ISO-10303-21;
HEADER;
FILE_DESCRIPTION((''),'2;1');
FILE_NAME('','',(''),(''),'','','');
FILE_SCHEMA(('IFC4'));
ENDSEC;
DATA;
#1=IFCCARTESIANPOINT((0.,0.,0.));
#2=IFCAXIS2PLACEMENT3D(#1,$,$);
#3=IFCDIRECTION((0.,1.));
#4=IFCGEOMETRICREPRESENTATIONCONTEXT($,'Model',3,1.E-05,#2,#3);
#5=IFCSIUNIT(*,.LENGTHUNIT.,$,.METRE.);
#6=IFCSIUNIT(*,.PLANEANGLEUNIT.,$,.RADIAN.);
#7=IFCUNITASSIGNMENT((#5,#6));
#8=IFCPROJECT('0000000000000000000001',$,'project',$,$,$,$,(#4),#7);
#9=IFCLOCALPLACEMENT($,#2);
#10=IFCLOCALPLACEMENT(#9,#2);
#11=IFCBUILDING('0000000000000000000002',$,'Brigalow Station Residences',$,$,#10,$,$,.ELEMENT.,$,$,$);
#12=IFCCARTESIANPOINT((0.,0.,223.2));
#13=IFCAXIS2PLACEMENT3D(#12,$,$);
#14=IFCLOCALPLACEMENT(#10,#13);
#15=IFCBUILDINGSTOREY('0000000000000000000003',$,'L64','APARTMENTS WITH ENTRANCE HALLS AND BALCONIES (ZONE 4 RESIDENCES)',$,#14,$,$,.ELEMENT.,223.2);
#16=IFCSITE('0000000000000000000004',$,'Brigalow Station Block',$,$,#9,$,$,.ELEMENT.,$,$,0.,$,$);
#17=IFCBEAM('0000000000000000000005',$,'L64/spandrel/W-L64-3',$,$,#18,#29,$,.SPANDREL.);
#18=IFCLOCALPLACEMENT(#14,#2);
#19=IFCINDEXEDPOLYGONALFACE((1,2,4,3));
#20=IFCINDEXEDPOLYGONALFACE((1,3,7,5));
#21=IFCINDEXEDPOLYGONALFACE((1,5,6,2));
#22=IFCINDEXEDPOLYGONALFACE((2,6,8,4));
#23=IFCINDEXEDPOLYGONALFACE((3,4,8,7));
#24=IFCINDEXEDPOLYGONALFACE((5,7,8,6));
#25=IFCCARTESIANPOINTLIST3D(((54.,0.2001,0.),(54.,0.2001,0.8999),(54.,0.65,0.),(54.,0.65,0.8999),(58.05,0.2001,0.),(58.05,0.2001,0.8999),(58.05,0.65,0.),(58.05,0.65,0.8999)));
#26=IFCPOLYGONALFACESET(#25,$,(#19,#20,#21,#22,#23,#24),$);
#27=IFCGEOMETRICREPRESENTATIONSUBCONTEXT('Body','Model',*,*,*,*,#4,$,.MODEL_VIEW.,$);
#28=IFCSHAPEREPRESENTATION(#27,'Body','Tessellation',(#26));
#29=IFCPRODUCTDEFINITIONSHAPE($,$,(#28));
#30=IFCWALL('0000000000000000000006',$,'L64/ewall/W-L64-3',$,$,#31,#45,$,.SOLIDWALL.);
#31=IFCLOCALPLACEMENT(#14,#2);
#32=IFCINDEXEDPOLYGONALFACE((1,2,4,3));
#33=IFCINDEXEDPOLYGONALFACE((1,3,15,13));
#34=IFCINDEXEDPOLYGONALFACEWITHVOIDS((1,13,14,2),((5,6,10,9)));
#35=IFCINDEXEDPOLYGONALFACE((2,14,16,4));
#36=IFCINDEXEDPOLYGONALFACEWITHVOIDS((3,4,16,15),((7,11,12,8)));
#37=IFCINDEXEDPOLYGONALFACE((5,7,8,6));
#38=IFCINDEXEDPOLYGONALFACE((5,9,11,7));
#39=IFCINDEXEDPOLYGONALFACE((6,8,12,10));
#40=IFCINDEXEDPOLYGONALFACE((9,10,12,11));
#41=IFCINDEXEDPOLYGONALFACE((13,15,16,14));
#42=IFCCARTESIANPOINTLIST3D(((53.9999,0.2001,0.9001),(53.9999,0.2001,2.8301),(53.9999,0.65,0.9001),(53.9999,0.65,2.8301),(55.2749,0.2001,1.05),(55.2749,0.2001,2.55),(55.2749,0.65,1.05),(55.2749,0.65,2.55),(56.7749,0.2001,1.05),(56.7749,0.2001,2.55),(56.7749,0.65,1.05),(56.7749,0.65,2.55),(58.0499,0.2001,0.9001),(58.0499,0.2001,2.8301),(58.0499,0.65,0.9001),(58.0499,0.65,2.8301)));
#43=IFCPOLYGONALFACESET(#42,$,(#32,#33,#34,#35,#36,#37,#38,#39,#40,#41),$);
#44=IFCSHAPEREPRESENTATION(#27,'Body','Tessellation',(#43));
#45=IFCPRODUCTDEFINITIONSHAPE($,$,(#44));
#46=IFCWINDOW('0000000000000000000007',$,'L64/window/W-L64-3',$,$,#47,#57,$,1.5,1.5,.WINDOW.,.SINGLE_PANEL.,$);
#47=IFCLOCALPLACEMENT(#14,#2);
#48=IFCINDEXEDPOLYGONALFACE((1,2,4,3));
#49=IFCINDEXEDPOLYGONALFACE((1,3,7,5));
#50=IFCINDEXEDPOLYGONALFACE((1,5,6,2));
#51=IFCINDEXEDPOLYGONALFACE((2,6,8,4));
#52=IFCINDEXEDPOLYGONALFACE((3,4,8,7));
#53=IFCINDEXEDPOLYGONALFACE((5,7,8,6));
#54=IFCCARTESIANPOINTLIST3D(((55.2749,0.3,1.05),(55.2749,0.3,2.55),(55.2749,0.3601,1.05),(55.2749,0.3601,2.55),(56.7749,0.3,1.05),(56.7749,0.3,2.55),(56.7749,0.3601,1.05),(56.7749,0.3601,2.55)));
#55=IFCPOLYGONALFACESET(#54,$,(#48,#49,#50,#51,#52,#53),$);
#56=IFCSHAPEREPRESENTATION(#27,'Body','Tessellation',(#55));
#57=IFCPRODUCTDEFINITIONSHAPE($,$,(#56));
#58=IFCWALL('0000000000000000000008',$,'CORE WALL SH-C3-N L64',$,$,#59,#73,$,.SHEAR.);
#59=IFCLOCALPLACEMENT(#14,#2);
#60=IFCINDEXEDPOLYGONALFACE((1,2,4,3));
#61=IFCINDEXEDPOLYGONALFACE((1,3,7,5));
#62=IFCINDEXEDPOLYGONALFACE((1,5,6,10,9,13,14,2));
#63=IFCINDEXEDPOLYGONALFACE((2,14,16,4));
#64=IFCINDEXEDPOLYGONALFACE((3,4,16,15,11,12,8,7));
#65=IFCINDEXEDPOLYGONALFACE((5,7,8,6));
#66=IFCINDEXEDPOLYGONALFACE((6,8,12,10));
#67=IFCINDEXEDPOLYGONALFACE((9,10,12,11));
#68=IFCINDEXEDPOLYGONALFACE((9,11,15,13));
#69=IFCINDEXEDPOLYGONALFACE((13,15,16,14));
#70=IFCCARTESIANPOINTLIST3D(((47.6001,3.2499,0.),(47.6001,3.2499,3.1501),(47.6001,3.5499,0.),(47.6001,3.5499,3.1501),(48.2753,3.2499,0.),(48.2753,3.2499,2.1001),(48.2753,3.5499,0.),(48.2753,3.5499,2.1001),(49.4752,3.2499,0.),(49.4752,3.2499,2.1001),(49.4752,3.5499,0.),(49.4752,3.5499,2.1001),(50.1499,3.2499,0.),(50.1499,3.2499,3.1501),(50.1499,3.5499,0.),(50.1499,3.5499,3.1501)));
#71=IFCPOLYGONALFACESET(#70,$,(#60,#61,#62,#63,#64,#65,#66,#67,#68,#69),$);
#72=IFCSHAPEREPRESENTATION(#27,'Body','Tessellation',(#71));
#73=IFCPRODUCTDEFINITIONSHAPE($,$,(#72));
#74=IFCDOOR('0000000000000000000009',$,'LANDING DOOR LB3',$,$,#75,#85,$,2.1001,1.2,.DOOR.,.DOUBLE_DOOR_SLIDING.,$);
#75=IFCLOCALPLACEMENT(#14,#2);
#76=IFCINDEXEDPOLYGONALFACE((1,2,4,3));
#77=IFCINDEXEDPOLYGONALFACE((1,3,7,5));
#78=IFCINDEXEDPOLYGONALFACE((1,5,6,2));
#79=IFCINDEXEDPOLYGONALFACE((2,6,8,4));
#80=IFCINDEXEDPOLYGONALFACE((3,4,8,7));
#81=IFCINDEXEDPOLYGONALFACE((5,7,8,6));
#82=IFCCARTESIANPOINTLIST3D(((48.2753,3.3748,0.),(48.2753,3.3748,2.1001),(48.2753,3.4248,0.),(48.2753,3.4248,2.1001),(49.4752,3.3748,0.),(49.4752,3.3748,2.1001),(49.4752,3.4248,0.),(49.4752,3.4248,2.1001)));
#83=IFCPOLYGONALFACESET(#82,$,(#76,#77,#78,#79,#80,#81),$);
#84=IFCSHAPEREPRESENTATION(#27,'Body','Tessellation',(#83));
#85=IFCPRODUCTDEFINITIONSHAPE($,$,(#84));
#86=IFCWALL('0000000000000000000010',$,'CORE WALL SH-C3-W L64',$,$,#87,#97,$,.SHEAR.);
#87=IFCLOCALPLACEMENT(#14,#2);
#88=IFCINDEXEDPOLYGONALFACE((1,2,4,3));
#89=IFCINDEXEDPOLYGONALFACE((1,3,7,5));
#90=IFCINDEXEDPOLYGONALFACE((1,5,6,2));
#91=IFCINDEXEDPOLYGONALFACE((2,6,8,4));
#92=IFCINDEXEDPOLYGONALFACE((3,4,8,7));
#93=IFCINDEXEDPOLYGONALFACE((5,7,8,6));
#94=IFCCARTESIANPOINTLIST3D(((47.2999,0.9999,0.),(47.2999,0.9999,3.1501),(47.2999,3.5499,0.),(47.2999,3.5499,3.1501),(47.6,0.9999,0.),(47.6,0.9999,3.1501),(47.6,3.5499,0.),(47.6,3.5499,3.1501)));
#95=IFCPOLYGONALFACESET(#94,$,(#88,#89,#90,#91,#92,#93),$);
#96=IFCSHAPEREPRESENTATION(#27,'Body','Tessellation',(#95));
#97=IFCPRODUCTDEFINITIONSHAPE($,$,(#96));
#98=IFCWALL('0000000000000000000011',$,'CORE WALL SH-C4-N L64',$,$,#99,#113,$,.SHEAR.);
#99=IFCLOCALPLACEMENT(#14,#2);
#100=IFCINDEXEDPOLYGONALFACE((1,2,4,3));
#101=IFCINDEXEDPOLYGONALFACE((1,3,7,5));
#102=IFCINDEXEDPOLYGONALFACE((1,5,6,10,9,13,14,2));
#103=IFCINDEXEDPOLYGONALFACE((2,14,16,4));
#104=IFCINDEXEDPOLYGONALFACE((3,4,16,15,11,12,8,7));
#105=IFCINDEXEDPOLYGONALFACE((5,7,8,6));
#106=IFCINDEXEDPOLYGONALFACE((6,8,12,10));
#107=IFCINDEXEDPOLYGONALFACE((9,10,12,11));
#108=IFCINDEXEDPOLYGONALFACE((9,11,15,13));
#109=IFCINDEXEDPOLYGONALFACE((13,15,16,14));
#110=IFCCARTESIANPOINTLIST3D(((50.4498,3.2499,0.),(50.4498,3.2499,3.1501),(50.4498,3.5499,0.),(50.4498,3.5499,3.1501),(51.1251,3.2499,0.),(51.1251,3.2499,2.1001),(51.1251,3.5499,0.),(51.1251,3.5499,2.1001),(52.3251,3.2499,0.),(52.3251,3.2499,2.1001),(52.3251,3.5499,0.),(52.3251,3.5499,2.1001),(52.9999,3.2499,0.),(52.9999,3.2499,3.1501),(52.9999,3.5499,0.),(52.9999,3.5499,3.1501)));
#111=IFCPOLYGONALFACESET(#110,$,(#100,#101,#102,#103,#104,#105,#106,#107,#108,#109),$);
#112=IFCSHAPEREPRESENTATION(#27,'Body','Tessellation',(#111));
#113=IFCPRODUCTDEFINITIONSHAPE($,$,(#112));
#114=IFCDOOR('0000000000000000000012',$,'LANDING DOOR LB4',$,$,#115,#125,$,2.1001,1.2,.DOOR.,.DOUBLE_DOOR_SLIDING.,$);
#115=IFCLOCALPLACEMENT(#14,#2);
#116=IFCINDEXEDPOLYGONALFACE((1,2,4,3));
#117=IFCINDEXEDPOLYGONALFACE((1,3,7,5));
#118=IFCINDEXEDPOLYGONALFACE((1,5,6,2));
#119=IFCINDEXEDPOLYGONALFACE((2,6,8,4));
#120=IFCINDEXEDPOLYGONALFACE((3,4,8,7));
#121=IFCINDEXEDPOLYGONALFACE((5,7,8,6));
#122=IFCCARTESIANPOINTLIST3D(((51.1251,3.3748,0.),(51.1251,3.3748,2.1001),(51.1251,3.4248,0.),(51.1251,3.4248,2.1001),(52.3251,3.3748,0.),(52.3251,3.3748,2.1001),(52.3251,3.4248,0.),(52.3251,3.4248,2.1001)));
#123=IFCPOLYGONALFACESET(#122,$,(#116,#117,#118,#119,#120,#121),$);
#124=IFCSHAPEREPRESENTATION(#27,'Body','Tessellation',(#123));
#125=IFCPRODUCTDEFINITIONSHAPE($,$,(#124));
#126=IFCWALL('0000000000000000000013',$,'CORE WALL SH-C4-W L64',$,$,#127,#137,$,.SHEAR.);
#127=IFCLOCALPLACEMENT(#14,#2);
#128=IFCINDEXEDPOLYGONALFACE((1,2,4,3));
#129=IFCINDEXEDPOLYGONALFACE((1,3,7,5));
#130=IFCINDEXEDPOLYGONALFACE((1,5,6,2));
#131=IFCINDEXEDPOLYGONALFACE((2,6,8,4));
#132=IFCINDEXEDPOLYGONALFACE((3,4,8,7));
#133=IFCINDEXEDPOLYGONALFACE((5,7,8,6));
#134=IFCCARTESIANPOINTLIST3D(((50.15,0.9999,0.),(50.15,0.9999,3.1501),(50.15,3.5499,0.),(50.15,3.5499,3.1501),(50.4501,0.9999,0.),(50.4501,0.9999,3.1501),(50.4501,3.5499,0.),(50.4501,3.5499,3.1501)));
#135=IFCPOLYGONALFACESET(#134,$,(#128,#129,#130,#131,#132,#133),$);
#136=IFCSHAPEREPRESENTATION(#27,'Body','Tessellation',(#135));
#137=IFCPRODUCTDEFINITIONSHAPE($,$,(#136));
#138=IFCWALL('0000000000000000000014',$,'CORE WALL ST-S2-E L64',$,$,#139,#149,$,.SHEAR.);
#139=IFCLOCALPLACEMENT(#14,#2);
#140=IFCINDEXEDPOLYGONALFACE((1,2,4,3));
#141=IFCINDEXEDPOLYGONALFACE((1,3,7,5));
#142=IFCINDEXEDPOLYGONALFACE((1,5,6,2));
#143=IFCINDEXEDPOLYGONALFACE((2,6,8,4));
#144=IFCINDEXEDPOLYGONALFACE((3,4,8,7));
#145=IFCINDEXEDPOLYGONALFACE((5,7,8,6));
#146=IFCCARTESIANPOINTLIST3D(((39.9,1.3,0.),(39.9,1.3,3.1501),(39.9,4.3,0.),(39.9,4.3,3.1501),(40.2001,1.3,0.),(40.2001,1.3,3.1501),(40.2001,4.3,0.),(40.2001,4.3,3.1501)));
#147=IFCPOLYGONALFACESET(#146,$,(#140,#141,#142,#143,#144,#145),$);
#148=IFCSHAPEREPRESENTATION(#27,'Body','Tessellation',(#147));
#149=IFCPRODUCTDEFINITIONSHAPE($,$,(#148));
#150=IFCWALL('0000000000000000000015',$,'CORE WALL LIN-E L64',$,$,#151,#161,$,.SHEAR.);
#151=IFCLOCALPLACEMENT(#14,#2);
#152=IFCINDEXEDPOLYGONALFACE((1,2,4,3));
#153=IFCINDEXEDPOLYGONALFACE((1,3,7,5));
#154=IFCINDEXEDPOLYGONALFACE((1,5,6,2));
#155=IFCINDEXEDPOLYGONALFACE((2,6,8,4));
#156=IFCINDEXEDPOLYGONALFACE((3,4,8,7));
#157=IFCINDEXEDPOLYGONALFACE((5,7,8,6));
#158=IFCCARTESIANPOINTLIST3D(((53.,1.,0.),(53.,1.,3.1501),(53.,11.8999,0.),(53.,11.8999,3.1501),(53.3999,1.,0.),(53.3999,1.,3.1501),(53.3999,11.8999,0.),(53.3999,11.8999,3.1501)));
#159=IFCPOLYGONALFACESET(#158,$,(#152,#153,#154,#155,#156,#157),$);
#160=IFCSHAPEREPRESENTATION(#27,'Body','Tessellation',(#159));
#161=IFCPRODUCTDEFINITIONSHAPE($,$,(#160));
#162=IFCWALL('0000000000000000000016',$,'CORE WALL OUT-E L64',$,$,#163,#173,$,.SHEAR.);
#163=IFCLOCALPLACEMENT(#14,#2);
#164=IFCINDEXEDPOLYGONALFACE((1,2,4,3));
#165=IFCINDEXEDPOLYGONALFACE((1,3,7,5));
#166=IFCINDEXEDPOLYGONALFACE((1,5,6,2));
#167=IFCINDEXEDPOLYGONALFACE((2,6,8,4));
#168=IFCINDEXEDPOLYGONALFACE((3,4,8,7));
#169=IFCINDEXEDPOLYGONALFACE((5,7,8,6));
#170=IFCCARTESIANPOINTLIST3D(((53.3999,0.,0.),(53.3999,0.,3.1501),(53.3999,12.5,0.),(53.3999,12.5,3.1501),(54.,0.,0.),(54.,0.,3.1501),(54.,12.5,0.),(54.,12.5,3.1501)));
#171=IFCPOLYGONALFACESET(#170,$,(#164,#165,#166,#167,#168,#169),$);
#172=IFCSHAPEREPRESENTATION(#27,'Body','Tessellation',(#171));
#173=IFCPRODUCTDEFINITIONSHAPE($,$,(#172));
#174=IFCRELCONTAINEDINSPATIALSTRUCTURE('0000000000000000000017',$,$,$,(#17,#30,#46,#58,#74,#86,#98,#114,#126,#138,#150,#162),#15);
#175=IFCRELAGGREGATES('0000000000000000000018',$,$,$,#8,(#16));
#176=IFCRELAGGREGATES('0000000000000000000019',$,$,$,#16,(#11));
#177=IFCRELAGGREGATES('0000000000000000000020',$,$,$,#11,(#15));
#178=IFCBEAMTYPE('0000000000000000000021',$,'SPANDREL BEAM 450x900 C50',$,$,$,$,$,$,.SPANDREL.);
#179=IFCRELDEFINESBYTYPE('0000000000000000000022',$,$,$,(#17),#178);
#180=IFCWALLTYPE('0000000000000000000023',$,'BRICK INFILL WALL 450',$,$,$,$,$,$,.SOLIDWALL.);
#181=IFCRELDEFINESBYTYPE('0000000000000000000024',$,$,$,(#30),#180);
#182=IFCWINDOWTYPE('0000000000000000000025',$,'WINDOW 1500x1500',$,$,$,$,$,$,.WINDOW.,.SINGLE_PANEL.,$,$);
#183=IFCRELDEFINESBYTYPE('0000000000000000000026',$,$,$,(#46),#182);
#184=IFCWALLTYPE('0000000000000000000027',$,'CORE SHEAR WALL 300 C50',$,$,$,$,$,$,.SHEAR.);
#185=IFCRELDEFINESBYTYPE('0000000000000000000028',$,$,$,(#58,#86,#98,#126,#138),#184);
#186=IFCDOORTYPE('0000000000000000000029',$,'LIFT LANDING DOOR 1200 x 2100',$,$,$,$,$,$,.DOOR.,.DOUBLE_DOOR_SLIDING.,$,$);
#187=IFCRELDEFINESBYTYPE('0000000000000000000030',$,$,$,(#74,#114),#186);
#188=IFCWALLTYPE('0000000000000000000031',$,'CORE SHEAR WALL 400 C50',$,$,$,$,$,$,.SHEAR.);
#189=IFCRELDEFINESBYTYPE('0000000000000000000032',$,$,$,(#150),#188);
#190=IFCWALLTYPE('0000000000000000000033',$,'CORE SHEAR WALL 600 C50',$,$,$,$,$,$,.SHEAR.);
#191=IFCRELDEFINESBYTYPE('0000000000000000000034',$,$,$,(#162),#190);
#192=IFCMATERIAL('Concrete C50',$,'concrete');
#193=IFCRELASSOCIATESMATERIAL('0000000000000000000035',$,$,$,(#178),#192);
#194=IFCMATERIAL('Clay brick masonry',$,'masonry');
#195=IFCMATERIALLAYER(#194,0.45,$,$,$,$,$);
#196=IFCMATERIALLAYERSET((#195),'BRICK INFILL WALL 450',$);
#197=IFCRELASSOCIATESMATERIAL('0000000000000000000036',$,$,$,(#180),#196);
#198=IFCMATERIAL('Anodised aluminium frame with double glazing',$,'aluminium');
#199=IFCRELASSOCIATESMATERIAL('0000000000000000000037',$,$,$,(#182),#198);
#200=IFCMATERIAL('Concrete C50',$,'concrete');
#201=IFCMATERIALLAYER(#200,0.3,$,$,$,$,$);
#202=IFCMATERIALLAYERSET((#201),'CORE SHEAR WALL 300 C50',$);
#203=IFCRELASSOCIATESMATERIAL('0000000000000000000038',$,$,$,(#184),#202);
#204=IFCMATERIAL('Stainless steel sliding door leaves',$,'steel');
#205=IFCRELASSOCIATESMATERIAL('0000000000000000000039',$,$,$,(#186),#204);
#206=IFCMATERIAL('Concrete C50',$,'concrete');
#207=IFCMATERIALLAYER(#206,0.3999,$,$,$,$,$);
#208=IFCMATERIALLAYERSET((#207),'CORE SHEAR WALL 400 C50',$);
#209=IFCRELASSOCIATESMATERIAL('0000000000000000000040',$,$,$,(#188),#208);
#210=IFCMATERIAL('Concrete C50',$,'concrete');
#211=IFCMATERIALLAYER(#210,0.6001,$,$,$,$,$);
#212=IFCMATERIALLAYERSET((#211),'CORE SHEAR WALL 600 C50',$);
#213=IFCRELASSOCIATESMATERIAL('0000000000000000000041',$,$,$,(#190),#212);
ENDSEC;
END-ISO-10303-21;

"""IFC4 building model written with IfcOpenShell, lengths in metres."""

from ifc_helpers import new_model, si_unit, direction, frame, frame_2d, origin, origin_2d, place, context, subcontext, project, spatial, rectangle, extrude, material, layer, layer_set, material_profile, profile_set, type_object, element, fill, save


model = new_model("IFC4")

# Units and contexts
model_context = context("Model", 3, precision=1e-05, world=origin(), true_north=direction((0.0, 1.0)))
body_context = subcontext(model_context, "Body", "Model", "MODEL_VIEW")
ifc_project = project(units=[si_unit("LENGTHUNIT", "METRE"), si_unit("PLANEANGLEUNIT", "RADIAN")], contexts=[model_context])

# Site, building, storey
site_placement = place(None, origin())
site = spatial("IfcSite", under=ifc_project, at=site_placement, Name="Brigalow Station Block", CompositionType="ELEMENT", RefElevation=0.0)
building_placement = place(site_placement, origin())
building = spatial("IfcBuilding", under=site, at=building_placement, Name="Brigalow Station Residences", CompositionType="ELEMENT")
storey_placement = place(building_placement, frame((0.0, 0.0, 223.2)))
storey = spatial("IfcBuildingStorey", under=building, at=storey_placement, Name="L64", Description="APARTMENTS WITH ENTRANCE HALLS AND BALCONIES (ZONE 4 RESIDENCES)", CompositionType="ELEMENT", Elevation=223.2)

# Beam
ifc_material_1 = material(Name="Concrete C50", Category="concrete")
ifc_material_profile = material_profile(ifc_material_1, rectangle(XDim=0.45, YDim=0.8999, at=origin_2d()), Name="RC450x900")
ifc_profile_set = profile_set([ifc_material_profile], Name="Concrete C50")
beam_type = type_object("IfcBeamType", Name="SPANDREL BEAM 450x900 C50", PredefinedType="SPANDREL", material=ifc_profile_set)
beam_placement = place(storey_placement, frame((54.0, 0.425, 0.45), z_axis=(1.0, 0.0, 0.0), x_axis=(0.0, 1.0, 0.0)))
element("IfcBeam", 1, at=beam_placement, inside=storey, type_object=beam_type, Name="L64/spandrel/W-L64-3", PredefinedType="SPANDREL", context=body_context, shape_type="SweptSolid", body=[
    extrude(rectangle(XDim=0.45, YDim=0.8999, at=origin_2d()), origin(), (0.0, 0.0, 1.0), 4.05),
])

# Wall, opening, window
ifc_material_2 = material(Name="Clay brick masonry", Category="masonry")
ifc_layer_1 = layer(ifc_material_2, 0.45)
ifc_layer_set_1 = layer_set([ifc_layer_1], Name="BRICK INFILL WALL 450")
wall_type_1 = type_object("IfcWallType", Name="BRICK INFILL WALL 450", PredefinedType="SOLIDWALL", material=ifc_layer_set_1)
wall_1_placement = place(storey_placement, frame((54.0, 0.425, 0.9001), z_axis=(0.0, 0.0, 1.0), x_axis=(1.0, 0.0, 0.0)))
wall_1 = element("IfcWall", 2, at=wall_1_placement, inside=storey, type_object=wall_type_1, Name="L64/ewall/W-L64-3", PredefinedType="SOLIDWALL", context=body_context, shape_type="SweptSolid", body=[
    extrude(rectangle(XDim=4.05, YDim=0.45, at=frame_2d((2.0249, 0.0))), origin(), (0.0, 0.0, 1.0), 1.9299),
])
opening_1_placement = place(wall_1_placement, frame((1.2749, 0.0, 0.1499)))
opening_1 = element("IfcOpeningElement", 3, at=opening_1_placement, cuts=wall_1, PredefinedType="OPENING", context=body_context, shape_type="SweptSolid", body=[
    extrude(rectangle(XDim=1.5, YDim=1.5, at=frame_2d((0.75, 0.75))), frame((0.0, 0.2349, 0.0), z_axis=(0.0, -1.0, 0.0), x_axis=(1.0, 0.0, 0.0)), (0.0, 0.0, 1.0), 0.47),
])
ifc_material_3 = material(Name="Anodised aluminium frame with double glazing", Category="aluminium")
window_type = type_object("IfcWindowType", Name="WINDOW 1500x1500", PartitioningType="SINGLE_PANEL", PredefinedType="WINDOW", material=ifc_material_3)
window_placement = place(opening_1_placement, origin())
window = element("IfcWindow", 4, at=window_placement, inside=storey, type_object=window_type, Name="L64/window/W-L64-3", OverallHeight=1.5, OverallWidth=1.5, PartitioningType="SINGLE_PANEL", PredefinedType="WINDOW", context=body_context, shape_type="SweptSolid", body=[
    extrude(rectangle(XDim=1.5, YDim=1.5, at=frame_2d((0.75, 0.75))), frame((0.0, -0.0649, 0.0), z_axis=(0.0, -1.0, 0.0), x_axis=(1.0, 0.0, 0.0)), (0.0, 0.0, 1.0), 0.0601),
])
fill(opening_1, window)

# Wall, opening, door
ifc_material_4 = material(Name="Concrete C50", Category="concrete")
ifc_layer_2 = layer(ifc_material_4, 0.3)
ifc_layer_set_2 = layer_set([ifc_layer_2], Name="CORE SHEAR WALL 300 C50")
wall_type_2 = type_object("IfcWallType", Name="CORE SHEAR WALL 300 C50", PredefinedType="SHEAR", material=ifc_layer_set_2)
wall_2_placement = place(storey_placement, frame((47.6001, 3.3999, 0.0), z_axis=(0.0, 0.0, 1.0), x_axis=(1.0, 0.0, 0.0)))
wall_2 = element("IfcWall", 5, at=wall_2_placement, inside=storey, type_object=wall_type_2, Name="CORE WALL SH-C3-N L64", PredefinedType="SHEAR", context=body_context, shape_type="SweptSolid", body=[
    extrude(rectangle(XDim=2.5498, YDim=0.3, at=frame_2d((1.2749, 0.0))), origin(), (0.0, 0.0, 1.0), 3.1501),
])
opening_2_placement = place(wall_2_placement, frame((0.675, 0.0, 0.0)))
opening_2 = element("IfcOpeningElement", 6, at=opening_2_placement, cuts=wall_2, PredefinedType="OPENING", context=body_context, shape_type="SweptSolid", body=[
    extrude(rectangle(XDim=1.2, YDim=2.1001, at=frame_2d((0.6001, 1.05))), frame((0.0, 0.1602, 0.0), z_axis=(0.0, -1.0, 0.0), x_axis=(1.0, 0.0, 0.0)), (0.0, 0.0, 1.0), 0.3201),
])
ifc_material_5 = material(Name="Stainless steel sliding door leaves", Category="steel")
door_type = type_object("IfcDoorType", Name="LIFT LANDING DOOR 1200 x 2100", OperationType="DOUBLE_DOOR_SLIDING", PredefinedType="DOOR", material=ifc_material_5)
door_1_placement = place(opening_2_placement, origin())
door_1 = element("IfcDoor", 7, at=door_1_placement, inside=storey, type_object=door_type, Name="LANDING DOOR LB3", OperationType="DOUBLE_DOOR_SLIDING", OverallHeight=2.1001, OverallWidth=1.2, PredefinedType="DOOR", context=body_context, shape_type="SweptSolid", body=[
    extrude(rectangle(XDim=1.2, YDim=2.1001, at=frame_2d((0.6001, 1.05))), frame((0.0, 0.0249, 0.0), z_axis=(0.0, -1.0, 0.0), x_axis=(1.0, 0.0, 0.0)), (0.0, 0.0, 1.0), 0.05),
])
fill(opening_2, door_1)

# Wall
wall_3_placement = place(storey_placement, frame((47.45, 1.0, 0.0), z_axis=(0.0, 0.0, 1.0), x_axis=(0.0, 1.0, 0.0)))
element("IfcWall", 8, at=wall_3_placement, inside=storey, type_object=wall_type_2, Name="CORE WALL SH-C3-W L64", PredefinedType="SHEAR", context=body_context, shape_type="SweptSolid", body=[
    extrude(rectangle(XDim=2.55, YDim=0.3, at=frame_2d((1.2749, 0.0))), origin(), (0.0, 0.0, 1.0), 3.1501),
])

# Wall, opening, door
wall_4_placement = place(storey_placement, frame((50.45, 3.3999, 0.0), z_axis=(0.0, 0.0, 1.0), x_axis=(1.0, 0.0, 0.0)))
wall_4 = element("IfcWall", 9, at=wall_4_placement, inside=storey, type_object=wall_type_2, Name="CORE WALL SH-C4-N L64", PredefinedType="SHEAR", context=body_context, shape_type="SweptSolid", body=[
    extrude(rectangle(XDim=2.55, YDim=0.3, at=frame_2d((1.2749, 0.0))), origin(), (0.0, 0.0, 1.0), 3.1501),
])
opening_3_placement = place(wall_4_placement, frame((0.675, 0.0, 0.0)))
opening_3 = element("IfcOpeningElement", 10, at=opening_3_placement, cuts=wall_4, PredefinedType="OPENING", context=body_context, shape_type="SweptSolid", body=[
    extrude(rectangle(XDim=1.2, YDim=2.1001, at=frame_2d((0.6001, 1.05))), frame((0.0, 0.1602, 0.0), z_axis=(0.0, -1.0, 0.0), x_axis=(1.0, 0.0, 0.0)), (0.0, 0.0, 1.0), 0.3201),
])
door_2_placement = place(opening_3_placement, origin())
door_2 = element("IfcDoor", 11, at=door_2_placement, inside=storey, type_object=door_type, Name="LANDING DOOR LB4", OperationType="DOUBLE_DOOR_SLIDING", OverallHeight=2.1001, OverallWidth=1.2, PredefinedType="DOOR", context=body_context, shape_type="SweptSolid", body=[
    extrude(rectangle(XDim=1.2, YDim=2.1001, at=frame_2d((0.6001, 1.05))), frame((0.0, 0.0249, 0.0), z_axis=(0.0, -1.0, 0.0), x_axis=(1.0, 0.0, 0.0)), (0.0, 0.0, 1.0), 0.05),
])
fill(opening_3, door_2)

# Walls
wall_5_placement = place(storey_placement, frame((50.3, 1.0, 0.0), z_axis=(0.0, 0.0, 1.0), x_axis=(0.0, 1.0, 0.0)))
element("IfcWall", 12, at=wall_5_placement, inside=storey, type_object=wall_type_2, Name="CORE WALL SH-C4-W L64", PredefinedType="SHEAR", context=body_context, shape_type="SweptSolid", body=[
    extrude(rectangle(XDim=2.55, YDim=0.3, at=frame_2d((1.2749, 0.0))), origin(), (0.0, 0.0, 1.0), 3.1501),
])
wall_6_placement = place(storey_placement, frame((40.05, 1.3, 0.0), z_axis=(0.0, 0.0, 1.0), x_axis=(0.0, 1.0, 0.0)))
element("IfcWall", 13, at=wall_6_placement, inside=storey, type_object=wall_type_2, Name="CORE WALL ST-S2-E L64", PredefinedType="SHEAR", context=body_context, shape_type="SweptSolid", body=[
    extrude(rectangle(XDim=3.0, YDim=0.3, at=frame_2d((1.5, 0.0))), origin(), (0.0, 0.0, 1.0), 3.1501),
])
ifc_material_6 = material(Name="Concrete C50", Category="concrete")
ifc_layer_3 = layer(ifc_material_6, 0.3999)
ifc_layer_set_3 = layer_set([ifc_layer_3], Name="CORE SHEAR WALL 400 C50")
wall_type_3 = type_object("IfcWallType", Name="CORE SHEAR WALL 400 C50", PredefinedType="SHEAR", material=ifc_layer_set_3)
wall_7_placement = place(storey_placement, frame((53.2, 1.0, 0.0), z_axis=(0.0, 0.0, 1.0), x_axis=(0.0, 1.0, 0.0)))
element("IfcWall", 14, at=wall_7_placement, inside=storey, type_object=wall_type_3, Name="CORE WALL LIN-E L64", PredefinedType="SHEAR", context=body_context, shape_type="SweptSolid", body=[
    extrude(rectangle(XDim=10.8999, YDim=0.3999, at=frame_2d((5.45, 0.0))), origin(), (0.0, 0.0, 1.0), 3.1501),
])
ifc_material_7 = material(Name="Concrete C50", Category="concrete")
ifc_layer_4 = layer(ifc_material_7, 0.6001)
ifc_layer_set_4 = layer_set([ifc_layer_4], Name="CORE SHEAR WALL 600 C50")
wall_type_4 = type_object("IfcWallType", Name="CORE SHEAR WALL 600 C50", PredefinedType="SHEAR", material=ifc_layer_set_4)
wall_8_placement = place(storey_placement, frame((53.7, 0.0, 0.0), z_axis=(0.0, 0.0, 1.0), x_axis=(0.0, 1.0, 0.0)))
element("IfcWall", 15, at=wall_8_placement, inside=storey, type_object=wall_type_4, Name="CORE WALL OUT-E L64", PredefinedType="SHEAR", context=body_context, shape_type="SweptSolid", body=[
    extrude(rectangle(XDim=12.5, YDim=0.6001, at=frame_2d((6.25, 0.0))), origin(), (0.0, 0.0, 1.0), 3.1501),
])

save(model, "model.ifc")
